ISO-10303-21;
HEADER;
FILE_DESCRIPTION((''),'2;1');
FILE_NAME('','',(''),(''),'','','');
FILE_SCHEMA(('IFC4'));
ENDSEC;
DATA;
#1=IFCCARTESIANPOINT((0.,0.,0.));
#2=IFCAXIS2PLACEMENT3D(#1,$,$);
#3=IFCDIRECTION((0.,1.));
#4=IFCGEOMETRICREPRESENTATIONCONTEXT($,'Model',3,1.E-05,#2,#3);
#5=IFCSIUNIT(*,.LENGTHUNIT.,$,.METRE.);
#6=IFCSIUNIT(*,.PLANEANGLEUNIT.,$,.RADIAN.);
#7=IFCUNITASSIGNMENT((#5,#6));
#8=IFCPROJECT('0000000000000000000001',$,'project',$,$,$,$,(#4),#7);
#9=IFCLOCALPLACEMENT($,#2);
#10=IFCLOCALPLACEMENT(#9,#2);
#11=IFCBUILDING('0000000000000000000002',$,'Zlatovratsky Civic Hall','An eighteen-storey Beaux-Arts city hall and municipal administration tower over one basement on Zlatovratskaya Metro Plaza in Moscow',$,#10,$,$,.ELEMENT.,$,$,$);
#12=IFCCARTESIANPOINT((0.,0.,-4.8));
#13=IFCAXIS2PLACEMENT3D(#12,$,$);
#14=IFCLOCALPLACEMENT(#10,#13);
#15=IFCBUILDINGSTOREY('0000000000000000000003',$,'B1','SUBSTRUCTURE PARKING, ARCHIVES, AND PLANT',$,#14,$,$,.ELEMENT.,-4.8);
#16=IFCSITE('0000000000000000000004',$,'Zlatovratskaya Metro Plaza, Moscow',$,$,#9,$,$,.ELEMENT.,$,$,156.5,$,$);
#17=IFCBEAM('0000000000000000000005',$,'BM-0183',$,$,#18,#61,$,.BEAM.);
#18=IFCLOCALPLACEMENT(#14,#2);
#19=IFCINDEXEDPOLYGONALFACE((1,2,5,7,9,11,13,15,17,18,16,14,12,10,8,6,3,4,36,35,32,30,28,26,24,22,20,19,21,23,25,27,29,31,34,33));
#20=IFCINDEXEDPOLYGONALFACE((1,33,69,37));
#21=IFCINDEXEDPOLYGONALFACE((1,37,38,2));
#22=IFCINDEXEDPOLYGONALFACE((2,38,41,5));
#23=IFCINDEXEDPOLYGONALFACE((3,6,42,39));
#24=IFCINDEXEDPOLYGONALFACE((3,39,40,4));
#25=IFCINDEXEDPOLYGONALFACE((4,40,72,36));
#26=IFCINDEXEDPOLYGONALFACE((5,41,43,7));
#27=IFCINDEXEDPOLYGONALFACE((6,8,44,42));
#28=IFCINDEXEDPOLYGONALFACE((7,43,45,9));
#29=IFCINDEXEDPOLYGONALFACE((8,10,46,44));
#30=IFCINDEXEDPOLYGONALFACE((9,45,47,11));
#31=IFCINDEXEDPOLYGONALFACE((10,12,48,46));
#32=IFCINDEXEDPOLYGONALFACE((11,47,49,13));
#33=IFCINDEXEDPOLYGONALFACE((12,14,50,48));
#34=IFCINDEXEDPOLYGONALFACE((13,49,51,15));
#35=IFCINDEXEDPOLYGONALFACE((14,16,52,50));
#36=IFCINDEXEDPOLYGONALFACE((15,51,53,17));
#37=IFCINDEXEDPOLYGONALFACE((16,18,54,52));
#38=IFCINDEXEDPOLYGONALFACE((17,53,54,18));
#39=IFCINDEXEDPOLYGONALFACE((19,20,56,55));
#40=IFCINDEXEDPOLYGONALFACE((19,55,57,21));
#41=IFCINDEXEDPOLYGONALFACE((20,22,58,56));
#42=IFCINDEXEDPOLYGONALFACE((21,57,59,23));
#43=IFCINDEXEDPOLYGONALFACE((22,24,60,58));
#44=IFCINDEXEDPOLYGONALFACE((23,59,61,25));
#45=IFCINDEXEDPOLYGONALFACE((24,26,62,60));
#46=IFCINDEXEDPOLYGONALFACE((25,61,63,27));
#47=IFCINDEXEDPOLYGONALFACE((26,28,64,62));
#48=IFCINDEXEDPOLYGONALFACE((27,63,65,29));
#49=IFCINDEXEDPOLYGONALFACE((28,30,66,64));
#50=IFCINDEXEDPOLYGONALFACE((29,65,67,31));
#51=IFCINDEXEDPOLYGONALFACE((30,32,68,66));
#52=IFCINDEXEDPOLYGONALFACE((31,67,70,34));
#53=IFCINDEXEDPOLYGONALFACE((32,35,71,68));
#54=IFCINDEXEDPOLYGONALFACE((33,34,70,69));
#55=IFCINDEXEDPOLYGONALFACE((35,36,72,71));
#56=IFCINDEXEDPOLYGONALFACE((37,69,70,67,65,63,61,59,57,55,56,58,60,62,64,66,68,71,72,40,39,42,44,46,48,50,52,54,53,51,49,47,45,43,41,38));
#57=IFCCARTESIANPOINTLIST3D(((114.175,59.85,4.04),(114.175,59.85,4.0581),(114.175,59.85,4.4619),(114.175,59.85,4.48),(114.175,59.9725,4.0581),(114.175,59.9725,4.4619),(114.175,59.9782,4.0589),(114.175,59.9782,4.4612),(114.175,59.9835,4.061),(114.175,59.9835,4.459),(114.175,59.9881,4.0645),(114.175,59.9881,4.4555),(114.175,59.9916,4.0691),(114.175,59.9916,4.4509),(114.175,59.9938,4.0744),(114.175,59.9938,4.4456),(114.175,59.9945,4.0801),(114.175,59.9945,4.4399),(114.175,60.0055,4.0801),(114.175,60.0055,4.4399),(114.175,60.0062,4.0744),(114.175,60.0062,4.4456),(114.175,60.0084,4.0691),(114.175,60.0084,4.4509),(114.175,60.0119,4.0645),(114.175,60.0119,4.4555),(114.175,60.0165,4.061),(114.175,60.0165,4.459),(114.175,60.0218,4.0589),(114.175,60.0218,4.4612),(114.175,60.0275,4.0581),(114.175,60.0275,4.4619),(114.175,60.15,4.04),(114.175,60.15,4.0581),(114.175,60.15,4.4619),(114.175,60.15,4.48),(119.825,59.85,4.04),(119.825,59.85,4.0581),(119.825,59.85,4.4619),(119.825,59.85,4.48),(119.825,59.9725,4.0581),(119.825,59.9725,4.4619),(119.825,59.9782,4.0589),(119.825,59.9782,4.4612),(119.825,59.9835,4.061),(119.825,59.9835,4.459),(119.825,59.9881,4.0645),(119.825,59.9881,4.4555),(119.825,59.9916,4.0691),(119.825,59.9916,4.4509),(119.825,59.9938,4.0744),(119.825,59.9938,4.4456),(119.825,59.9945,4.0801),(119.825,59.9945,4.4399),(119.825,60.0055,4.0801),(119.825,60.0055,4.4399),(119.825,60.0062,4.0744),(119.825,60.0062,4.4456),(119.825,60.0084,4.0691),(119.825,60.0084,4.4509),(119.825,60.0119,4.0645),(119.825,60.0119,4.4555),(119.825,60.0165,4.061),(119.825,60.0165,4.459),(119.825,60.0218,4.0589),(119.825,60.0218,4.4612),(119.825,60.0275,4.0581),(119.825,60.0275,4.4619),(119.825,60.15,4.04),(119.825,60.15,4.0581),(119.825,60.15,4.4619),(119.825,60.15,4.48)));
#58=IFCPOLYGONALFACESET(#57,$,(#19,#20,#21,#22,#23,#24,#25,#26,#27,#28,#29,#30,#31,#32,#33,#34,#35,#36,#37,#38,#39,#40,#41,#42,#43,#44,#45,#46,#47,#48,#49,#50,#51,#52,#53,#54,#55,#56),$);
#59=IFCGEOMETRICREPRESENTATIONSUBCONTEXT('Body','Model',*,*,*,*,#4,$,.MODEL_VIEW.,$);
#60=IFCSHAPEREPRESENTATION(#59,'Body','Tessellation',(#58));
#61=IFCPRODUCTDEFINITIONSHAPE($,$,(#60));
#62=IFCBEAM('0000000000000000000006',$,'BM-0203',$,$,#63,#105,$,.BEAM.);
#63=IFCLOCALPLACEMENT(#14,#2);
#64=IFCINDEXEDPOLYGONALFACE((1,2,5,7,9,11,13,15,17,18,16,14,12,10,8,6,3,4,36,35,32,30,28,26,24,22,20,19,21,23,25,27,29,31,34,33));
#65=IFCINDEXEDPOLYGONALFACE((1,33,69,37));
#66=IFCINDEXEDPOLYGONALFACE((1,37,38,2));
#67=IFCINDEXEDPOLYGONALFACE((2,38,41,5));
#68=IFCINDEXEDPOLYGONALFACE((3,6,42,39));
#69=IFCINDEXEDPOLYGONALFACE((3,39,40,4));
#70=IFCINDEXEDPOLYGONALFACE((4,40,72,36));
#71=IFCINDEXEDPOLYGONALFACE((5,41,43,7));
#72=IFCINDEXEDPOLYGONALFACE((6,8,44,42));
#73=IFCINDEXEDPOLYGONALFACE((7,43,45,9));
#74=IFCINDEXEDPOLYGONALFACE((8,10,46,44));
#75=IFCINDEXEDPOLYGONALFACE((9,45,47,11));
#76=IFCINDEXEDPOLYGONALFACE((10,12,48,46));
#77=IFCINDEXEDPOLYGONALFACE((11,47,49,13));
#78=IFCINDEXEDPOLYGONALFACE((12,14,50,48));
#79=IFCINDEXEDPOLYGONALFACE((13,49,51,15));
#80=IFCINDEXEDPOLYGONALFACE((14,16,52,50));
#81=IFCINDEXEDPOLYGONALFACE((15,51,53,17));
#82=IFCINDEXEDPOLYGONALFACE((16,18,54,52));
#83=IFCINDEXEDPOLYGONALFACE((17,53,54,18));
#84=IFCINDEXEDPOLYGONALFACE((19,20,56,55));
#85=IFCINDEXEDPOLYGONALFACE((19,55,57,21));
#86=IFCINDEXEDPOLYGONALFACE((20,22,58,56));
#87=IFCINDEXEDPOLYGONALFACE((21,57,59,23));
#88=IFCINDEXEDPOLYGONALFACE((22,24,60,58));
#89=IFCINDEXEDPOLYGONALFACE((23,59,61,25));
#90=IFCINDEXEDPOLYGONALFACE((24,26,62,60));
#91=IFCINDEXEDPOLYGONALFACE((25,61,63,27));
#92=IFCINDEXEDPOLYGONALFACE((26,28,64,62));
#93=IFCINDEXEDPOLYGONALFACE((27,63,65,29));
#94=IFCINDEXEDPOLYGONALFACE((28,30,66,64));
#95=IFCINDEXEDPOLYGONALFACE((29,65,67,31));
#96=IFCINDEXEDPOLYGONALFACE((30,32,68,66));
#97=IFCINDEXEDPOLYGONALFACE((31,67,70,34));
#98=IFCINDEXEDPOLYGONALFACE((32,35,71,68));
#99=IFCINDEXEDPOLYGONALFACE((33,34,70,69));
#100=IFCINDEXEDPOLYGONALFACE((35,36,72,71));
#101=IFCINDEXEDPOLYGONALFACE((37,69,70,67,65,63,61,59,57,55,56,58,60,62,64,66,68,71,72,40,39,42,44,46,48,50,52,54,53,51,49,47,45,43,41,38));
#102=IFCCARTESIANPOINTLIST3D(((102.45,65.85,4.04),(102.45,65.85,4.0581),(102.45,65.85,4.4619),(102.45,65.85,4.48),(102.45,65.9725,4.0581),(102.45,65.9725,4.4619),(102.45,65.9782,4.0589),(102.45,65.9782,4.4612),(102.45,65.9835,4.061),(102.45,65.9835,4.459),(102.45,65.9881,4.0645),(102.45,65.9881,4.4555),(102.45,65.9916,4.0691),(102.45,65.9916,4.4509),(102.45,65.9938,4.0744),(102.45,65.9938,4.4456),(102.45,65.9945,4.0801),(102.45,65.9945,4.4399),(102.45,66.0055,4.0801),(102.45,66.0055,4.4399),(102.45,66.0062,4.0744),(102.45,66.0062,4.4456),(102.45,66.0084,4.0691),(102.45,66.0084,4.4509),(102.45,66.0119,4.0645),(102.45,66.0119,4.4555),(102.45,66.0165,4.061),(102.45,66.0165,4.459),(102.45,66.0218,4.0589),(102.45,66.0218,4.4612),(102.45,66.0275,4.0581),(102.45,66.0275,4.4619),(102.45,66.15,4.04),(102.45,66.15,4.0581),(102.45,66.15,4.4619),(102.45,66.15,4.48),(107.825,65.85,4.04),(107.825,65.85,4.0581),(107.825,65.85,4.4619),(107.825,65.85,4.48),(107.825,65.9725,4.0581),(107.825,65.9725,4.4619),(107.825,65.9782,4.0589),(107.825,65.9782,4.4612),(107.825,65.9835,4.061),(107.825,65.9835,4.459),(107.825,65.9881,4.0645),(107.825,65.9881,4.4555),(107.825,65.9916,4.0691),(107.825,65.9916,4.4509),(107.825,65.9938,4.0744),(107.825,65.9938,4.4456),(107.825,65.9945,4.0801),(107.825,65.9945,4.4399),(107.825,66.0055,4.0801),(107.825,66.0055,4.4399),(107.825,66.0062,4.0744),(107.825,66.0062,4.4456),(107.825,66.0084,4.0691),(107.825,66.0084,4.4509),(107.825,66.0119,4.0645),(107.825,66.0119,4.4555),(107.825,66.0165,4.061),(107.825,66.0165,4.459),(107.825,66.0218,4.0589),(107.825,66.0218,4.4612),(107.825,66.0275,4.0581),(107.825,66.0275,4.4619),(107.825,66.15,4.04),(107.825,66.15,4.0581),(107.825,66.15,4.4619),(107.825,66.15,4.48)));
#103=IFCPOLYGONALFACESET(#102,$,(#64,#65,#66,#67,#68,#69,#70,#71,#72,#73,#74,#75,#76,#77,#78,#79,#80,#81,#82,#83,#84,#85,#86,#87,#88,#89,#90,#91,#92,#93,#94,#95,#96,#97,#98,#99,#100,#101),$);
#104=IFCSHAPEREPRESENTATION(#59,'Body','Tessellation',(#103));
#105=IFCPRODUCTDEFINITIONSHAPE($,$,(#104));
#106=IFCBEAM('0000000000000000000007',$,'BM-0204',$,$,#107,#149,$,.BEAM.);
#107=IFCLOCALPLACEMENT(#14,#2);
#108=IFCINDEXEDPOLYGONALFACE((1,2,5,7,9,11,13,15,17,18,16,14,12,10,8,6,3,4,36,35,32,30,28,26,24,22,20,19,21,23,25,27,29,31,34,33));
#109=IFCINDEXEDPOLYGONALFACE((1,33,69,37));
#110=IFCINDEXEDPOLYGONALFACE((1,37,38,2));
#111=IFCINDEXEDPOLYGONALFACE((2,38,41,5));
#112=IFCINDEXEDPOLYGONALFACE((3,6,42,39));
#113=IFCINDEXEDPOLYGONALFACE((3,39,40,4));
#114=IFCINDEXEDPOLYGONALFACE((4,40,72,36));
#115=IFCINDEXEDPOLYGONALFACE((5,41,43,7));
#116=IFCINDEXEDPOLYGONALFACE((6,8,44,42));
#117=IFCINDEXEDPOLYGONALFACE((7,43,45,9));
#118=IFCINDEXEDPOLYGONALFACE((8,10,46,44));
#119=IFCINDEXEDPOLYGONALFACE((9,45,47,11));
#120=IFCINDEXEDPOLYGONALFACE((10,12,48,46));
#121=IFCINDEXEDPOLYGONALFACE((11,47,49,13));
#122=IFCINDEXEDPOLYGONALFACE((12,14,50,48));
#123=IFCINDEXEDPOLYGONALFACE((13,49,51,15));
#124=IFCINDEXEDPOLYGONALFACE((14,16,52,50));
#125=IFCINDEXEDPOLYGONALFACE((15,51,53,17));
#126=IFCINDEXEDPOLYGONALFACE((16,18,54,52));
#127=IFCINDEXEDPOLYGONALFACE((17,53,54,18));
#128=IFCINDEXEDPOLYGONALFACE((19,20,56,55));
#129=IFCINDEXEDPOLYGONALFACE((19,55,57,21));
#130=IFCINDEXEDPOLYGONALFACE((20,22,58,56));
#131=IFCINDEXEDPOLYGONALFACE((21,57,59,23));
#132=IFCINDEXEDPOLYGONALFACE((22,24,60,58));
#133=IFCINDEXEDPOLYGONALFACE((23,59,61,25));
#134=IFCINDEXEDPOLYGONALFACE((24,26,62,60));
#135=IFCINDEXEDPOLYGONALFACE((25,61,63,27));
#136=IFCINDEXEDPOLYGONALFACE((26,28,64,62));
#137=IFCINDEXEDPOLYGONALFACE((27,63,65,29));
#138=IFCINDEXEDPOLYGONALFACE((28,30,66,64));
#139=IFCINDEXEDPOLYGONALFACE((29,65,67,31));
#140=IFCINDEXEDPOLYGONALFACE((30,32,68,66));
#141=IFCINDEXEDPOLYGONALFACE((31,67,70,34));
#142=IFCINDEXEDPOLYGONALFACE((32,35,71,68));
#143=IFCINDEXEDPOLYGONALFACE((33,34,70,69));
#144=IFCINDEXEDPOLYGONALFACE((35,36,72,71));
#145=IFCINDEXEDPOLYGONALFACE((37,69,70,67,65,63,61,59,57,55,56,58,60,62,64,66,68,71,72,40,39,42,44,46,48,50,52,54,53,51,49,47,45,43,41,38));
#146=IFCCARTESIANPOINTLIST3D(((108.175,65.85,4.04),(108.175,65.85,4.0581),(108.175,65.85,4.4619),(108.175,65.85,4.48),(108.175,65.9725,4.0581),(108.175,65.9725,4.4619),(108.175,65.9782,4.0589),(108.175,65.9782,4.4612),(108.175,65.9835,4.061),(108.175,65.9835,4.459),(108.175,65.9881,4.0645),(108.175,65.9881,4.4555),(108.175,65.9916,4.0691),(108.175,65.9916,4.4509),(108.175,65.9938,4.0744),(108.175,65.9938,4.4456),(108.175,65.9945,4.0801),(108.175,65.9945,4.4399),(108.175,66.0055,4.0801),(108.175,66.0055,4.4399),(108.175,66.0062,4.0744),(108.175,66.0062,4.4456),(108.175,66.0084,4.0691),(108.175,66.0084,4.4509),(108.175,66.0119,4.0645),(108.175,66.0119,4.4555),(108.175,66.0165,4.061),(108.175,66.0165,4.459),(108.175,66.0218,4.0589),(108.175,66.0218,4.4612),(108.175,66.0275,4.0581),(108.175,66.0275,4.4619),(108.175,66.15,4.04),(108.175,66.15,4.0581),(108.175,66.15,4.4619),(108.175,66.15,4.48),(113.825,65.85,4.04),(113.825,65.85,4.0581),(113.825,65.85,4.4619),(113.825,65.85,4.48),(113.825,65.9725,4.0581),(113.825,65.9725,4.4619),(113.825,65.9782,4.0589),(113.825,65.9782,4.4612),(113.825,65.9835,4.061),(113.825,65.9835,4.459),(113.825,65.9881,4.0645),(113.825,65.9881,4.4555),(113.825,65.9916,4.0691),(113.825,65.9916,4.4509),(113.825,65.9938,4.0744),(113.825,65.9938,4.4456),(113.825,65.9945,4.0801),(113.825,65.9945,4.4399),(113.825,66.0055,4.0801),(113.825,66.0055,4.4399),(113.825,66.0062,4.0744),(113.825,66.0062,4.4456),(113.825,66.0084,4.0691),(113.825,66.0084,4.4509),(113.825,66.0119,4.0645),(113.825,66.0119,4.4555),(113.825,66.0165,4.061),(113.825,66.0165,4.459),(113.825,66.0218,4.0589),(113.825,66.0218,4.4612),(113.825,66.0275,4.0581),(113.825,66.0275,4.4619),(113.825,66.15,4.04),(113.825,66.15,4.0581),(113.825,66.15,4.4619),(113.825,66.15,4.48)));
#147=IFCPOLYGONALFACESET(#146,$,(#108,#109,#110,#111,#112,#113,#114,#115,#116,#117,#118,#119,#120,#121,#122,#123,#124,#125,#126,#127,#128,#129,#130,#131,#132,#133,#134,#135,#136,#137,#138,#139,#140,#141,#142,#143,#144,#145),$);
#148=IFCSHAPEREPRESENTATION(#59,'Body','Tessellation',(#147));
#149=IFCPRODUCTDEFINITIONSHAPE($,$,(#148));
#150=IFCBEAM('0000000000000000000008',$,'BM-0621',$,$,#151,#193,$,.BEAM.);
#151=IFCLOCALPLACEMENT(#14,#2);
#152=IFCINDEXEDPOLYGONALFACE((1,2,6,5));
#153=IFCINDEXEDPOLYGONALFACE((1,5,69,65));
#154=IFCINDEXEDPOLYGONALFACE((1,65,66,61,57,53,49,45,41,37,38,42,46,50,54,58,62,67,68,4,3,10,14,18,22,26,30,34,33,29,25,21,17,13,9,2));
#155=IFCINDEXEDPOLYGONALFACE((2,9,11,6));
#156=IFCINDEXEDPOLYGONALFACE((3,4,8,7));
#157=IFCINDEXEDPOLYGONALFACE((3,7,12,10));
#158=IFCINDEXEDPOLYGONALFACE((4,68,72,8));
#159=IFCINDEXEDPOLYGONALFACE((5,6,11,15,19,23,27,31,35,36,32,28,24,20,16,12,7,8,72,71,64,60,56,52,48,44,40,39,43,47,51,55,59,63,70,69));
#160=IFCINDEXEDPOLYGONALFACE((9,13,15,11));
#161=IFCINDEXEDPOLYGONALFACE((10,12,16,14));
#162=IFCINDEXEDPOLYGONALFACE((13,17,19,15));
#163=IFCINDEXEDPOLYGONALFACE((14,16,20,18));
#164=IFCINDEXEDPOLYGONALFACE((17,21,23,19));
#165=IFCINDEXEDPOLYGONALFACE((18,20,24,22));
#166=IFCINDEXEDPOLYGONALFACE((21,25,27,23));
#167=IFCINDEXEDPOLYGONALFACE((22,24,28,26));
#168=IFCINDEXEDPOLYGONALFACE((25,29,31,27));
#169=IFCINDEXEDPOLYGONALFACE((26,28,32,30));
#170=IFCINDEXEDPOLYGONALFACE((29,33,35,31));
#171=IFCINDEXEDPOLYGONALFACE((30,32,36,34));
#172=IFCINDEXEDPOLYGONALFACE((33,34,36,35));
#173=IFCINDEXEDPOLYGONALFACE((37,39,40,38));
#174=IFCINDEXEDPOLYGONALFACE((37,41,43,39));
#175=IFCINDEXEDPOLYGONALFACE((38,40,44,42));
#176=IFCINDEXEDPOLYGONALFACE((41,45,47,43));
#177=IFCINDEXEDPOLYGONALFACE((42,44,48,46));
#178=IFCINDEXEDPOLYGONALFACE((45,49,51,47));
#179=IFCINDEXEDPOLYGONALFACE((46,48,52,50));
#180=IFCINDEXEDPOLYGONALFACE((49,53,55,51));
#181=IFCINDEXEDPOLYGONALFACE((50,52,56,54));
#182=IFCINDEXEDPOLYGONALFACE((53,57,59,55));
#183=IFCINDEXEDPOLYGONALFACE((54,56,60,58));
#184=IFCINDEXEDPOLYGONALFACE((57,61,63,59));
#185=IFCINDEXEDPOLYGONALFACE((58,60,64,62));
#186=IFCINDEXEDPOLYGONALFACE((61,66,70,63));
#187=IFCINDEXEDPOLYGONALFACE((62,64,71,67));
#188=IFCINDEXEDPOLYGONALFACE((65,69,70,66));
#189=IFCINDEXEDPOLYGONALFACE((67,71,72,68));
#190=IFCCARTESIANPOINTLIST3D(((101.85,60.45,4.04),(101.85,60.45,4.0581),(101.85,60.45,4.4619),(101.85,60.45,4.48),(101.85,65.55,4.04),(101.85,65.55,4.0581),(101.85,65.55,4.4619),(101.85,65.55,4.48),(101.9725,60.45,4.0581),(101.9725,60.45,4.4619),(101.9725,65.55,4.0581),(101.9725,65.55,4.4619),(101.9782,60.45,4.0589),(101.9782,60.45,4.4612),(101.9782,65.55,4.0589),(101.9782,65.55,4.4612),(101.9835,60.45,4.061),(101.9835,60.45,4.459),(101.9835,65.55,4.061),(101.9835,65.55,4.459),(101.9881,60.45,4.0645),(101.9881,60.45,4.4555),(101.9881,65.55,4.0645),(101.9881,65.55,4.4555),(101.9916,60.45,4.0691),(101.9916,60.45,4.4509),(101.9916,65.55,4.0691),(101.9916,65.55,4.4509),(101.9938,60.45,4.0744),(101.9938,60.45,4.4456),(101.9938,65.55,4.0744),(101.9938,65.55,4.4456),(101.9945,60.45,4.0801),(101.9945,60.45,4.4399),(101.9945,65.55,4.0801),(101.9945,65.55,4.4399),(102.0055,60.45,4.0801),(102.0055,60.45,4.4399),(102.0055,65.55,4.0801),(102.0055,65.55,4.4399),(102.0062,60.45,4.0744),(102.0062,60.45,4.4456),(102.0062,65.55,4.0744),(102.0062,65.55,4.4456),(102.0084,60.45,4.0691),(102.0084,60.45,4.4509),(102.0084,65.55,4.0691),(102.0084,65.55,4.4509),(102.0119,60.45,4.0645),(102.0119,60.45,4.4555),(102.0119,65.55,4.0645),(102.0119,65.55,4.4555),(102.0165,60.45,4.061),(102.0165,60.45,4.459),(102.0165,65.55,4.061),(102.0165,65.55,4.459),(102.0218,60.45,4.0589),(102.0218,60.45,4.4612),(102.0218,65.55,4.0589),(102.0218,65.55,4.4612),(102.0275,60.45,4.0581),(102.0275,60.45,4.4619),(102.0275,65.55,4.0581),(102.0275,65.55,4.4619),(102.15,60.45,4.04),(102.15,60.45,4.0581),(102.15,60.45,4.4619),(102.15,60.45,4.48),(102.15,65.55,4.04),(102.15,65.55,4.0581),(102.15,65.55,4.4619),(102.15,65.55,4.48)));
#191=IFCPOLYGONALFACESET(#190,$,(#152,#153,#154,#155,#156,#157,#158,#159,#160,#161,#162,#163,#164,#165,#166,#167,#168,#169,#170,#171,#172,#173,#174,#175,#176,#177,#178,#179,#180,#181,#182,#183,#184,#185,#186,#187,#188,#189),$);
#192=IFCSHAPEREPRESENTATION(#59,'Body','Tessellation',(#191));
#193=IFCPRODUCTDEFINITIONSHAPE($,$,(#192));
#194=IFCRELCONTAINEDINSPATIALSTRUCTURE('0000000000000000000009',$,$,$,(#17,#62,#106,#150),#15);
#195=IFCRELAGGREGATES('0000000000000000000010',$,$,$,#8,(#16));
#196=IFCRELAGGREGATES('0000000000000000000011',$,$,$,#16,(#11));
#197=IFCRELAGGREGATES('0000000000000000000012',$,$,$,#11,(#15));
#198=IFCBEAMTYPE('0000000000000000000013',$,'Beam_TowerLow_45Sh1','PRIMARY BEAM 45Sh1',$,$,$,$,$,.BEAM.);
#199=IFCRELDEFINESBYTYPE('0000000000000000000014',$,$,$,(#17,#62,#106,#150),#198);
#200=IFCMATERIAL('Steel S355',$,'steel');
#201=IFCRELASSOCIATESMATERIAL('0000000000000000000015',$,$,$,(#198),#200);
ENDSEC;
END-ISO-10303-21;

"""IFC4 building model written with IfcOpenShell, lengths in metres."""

from ifc_helpers import new_model, si_unit, direction, frame, origin, origin_2d, place, context, subcontext, project, spatial, i_section, extrude, material, material_profile, profile_set, type_object, element, save


model = new_model("IFC4")

# Units and contexts
model_context = context("Model", 3, precision=1e-05, world=origin(), true_north=direction((0.0, 1.0)))
body_context = subcontext(model_context, "Body", "Model", "MODEL_VIEW")
ifc_project = project(units=[si_unit("LENGTHUNIT", "METRE"), si_unit("PLANEANGLEUNIT", "RADIAN")], contexts=[model_context])

# Site, building, storey
site_placement = place(None, origin())
site = spatial("IfcSite", under=ifc_project, at=site_placement, Name="Zlatovratskaya Metro Plaza, Moscow", CompositionType="ELEMENT", RefElevation=156.5)
building_placement = place(site_placement, origin())
building = spatial("IfcBuilding", under=site, at=building_placement, Name="Zlatovratsky Civic Hall", Description="An eighteen-storey Beaux-Arts city hall and municipal administration tower over one basement on Zlatovratskaya Metro Plaza in Moscow", CompositionType="ELEMENT")
storey_placement = place(building_placement, frame((0.0, 0.0, -4.8)))
storey = spatial("IfcBuildingStorey", under=building, at=storey_placement, Name="B1", Description="SUBSTRUCTURE PARKING, ARCHIVES, AND PLANT", CompositionType="ELEMENT", Elevation=-4.8)

# Shared definitions
ifc_material_1 = material(Name="Steel S355", Category="steel")

# Beams
ifc_material_profile_1 = material_profile(ifc_material_1, i_section(OverallWidth=0.3, OverallDepth=0.4399, WebThickness=0.011, FlangeThickness=0.0181, FilletRadius=0.022, at=origin_2d()), Name="45Sh1")
ifc_profile_set_1 = profile_set([ifc_material_profile_1], Name="Steel S355")
beam_type = type_object("IfcBeamType", Name="Beam_TowerLow_45Sh1", Description="PRIMARY BEAM 45Sh1", PredefinedType="BEAM", material=ifc_profile_set_1)
for number, where, z_axis, x_axis, name in (
    (1, (114.175, 60.0, 4.26), (1.0, 0.0, 0.0), (0.0, 1.0, 0.0), "BM-0183"),
):
    element("IfcBeam", number, at=place(storey_placement, frame(where, z_axis=z_axis, x_axis=x_axis)), inside=storey, type_object=beam_type, Name=name, PredefinedType="BEAM", context=body_context, shape_type="SweptSolid", body=[
        extrude(i_section(OverallWidth=0.3, OverallDepth=0.4399, WebThickness=0.011, FlangeThickness=0.0181, FilletRadius=0.022, at=origin_2d()), origin(), (0.0, 0.0, 1.0), 5.6499),
    ])
beam_1_placement = place(storey_placement, frame((102.45, 66.0, 4.26), z_axis=(1.0, 0.0, 0.0), x_axis=(0.0, 1.0, 0.0)))
element("IfcBeam", 2, at=beam_1_placement, inside=storey, type_object=beam_type, Name="BM-0203", PredefinedType="BEAM", context=body_context, shape_type="SweptSolid", body=[
    extrude(i_section(OverallWidth=0.3, OverallDepth=0.4399, WebThickness=0.011, FlangeThickness=0.0181, FilletRadius=0.022, at=origin_2d()), origin(), (0.0, 0.0, 1.0), 5.375),
])
beam_2_placement = place(storey_placement, frame((108.175, 66.0, 4.26), z_axis=(1.0, 0.0, 0.0), x_axis=(0.0, 1.0, 0.0)))
element("IfcBeam", 3, at=beam_2_placement, inside=storey, type_object=beam_type, Name="BM-0204", PredefinedType="BEAM", context=body_context, shape_type="SweptSolid", body=[
    extrude(i_section(OverallWidth=0.3, OverallDepth=0.4399, WebThickness=0.011, FlangeThickness=0.0181, FilletRadius=0.022, at=origin_2d()), origin(), (0.0, 0.0, 1.0), 5.6499),
])
beam_3_placement = place(storey_placement, frame((102.0, 60.45, 4.26), z_axis=(0.0, 1.0, 0.0), x_axis=(-1.0, 0.0, 0.0)))
element("IfcBeam", 4, at=beam_3_placement, inside=storey, type_object=beam_type, Name="BM-0621", PredefinedType="BEAM", context=body_context, shape_type="SweptSolid", body=[
    extrude(i_section(OverallWidth=0.3, OverallDepth=0.4399, WebThickness=0.011, FlangeThickness=0.0181, FilletRadius=0.022, at=origin_2d()), origin(), (0.0, 0.0, 1.0), 5.1001),
])

save(model, "model.ifc")
